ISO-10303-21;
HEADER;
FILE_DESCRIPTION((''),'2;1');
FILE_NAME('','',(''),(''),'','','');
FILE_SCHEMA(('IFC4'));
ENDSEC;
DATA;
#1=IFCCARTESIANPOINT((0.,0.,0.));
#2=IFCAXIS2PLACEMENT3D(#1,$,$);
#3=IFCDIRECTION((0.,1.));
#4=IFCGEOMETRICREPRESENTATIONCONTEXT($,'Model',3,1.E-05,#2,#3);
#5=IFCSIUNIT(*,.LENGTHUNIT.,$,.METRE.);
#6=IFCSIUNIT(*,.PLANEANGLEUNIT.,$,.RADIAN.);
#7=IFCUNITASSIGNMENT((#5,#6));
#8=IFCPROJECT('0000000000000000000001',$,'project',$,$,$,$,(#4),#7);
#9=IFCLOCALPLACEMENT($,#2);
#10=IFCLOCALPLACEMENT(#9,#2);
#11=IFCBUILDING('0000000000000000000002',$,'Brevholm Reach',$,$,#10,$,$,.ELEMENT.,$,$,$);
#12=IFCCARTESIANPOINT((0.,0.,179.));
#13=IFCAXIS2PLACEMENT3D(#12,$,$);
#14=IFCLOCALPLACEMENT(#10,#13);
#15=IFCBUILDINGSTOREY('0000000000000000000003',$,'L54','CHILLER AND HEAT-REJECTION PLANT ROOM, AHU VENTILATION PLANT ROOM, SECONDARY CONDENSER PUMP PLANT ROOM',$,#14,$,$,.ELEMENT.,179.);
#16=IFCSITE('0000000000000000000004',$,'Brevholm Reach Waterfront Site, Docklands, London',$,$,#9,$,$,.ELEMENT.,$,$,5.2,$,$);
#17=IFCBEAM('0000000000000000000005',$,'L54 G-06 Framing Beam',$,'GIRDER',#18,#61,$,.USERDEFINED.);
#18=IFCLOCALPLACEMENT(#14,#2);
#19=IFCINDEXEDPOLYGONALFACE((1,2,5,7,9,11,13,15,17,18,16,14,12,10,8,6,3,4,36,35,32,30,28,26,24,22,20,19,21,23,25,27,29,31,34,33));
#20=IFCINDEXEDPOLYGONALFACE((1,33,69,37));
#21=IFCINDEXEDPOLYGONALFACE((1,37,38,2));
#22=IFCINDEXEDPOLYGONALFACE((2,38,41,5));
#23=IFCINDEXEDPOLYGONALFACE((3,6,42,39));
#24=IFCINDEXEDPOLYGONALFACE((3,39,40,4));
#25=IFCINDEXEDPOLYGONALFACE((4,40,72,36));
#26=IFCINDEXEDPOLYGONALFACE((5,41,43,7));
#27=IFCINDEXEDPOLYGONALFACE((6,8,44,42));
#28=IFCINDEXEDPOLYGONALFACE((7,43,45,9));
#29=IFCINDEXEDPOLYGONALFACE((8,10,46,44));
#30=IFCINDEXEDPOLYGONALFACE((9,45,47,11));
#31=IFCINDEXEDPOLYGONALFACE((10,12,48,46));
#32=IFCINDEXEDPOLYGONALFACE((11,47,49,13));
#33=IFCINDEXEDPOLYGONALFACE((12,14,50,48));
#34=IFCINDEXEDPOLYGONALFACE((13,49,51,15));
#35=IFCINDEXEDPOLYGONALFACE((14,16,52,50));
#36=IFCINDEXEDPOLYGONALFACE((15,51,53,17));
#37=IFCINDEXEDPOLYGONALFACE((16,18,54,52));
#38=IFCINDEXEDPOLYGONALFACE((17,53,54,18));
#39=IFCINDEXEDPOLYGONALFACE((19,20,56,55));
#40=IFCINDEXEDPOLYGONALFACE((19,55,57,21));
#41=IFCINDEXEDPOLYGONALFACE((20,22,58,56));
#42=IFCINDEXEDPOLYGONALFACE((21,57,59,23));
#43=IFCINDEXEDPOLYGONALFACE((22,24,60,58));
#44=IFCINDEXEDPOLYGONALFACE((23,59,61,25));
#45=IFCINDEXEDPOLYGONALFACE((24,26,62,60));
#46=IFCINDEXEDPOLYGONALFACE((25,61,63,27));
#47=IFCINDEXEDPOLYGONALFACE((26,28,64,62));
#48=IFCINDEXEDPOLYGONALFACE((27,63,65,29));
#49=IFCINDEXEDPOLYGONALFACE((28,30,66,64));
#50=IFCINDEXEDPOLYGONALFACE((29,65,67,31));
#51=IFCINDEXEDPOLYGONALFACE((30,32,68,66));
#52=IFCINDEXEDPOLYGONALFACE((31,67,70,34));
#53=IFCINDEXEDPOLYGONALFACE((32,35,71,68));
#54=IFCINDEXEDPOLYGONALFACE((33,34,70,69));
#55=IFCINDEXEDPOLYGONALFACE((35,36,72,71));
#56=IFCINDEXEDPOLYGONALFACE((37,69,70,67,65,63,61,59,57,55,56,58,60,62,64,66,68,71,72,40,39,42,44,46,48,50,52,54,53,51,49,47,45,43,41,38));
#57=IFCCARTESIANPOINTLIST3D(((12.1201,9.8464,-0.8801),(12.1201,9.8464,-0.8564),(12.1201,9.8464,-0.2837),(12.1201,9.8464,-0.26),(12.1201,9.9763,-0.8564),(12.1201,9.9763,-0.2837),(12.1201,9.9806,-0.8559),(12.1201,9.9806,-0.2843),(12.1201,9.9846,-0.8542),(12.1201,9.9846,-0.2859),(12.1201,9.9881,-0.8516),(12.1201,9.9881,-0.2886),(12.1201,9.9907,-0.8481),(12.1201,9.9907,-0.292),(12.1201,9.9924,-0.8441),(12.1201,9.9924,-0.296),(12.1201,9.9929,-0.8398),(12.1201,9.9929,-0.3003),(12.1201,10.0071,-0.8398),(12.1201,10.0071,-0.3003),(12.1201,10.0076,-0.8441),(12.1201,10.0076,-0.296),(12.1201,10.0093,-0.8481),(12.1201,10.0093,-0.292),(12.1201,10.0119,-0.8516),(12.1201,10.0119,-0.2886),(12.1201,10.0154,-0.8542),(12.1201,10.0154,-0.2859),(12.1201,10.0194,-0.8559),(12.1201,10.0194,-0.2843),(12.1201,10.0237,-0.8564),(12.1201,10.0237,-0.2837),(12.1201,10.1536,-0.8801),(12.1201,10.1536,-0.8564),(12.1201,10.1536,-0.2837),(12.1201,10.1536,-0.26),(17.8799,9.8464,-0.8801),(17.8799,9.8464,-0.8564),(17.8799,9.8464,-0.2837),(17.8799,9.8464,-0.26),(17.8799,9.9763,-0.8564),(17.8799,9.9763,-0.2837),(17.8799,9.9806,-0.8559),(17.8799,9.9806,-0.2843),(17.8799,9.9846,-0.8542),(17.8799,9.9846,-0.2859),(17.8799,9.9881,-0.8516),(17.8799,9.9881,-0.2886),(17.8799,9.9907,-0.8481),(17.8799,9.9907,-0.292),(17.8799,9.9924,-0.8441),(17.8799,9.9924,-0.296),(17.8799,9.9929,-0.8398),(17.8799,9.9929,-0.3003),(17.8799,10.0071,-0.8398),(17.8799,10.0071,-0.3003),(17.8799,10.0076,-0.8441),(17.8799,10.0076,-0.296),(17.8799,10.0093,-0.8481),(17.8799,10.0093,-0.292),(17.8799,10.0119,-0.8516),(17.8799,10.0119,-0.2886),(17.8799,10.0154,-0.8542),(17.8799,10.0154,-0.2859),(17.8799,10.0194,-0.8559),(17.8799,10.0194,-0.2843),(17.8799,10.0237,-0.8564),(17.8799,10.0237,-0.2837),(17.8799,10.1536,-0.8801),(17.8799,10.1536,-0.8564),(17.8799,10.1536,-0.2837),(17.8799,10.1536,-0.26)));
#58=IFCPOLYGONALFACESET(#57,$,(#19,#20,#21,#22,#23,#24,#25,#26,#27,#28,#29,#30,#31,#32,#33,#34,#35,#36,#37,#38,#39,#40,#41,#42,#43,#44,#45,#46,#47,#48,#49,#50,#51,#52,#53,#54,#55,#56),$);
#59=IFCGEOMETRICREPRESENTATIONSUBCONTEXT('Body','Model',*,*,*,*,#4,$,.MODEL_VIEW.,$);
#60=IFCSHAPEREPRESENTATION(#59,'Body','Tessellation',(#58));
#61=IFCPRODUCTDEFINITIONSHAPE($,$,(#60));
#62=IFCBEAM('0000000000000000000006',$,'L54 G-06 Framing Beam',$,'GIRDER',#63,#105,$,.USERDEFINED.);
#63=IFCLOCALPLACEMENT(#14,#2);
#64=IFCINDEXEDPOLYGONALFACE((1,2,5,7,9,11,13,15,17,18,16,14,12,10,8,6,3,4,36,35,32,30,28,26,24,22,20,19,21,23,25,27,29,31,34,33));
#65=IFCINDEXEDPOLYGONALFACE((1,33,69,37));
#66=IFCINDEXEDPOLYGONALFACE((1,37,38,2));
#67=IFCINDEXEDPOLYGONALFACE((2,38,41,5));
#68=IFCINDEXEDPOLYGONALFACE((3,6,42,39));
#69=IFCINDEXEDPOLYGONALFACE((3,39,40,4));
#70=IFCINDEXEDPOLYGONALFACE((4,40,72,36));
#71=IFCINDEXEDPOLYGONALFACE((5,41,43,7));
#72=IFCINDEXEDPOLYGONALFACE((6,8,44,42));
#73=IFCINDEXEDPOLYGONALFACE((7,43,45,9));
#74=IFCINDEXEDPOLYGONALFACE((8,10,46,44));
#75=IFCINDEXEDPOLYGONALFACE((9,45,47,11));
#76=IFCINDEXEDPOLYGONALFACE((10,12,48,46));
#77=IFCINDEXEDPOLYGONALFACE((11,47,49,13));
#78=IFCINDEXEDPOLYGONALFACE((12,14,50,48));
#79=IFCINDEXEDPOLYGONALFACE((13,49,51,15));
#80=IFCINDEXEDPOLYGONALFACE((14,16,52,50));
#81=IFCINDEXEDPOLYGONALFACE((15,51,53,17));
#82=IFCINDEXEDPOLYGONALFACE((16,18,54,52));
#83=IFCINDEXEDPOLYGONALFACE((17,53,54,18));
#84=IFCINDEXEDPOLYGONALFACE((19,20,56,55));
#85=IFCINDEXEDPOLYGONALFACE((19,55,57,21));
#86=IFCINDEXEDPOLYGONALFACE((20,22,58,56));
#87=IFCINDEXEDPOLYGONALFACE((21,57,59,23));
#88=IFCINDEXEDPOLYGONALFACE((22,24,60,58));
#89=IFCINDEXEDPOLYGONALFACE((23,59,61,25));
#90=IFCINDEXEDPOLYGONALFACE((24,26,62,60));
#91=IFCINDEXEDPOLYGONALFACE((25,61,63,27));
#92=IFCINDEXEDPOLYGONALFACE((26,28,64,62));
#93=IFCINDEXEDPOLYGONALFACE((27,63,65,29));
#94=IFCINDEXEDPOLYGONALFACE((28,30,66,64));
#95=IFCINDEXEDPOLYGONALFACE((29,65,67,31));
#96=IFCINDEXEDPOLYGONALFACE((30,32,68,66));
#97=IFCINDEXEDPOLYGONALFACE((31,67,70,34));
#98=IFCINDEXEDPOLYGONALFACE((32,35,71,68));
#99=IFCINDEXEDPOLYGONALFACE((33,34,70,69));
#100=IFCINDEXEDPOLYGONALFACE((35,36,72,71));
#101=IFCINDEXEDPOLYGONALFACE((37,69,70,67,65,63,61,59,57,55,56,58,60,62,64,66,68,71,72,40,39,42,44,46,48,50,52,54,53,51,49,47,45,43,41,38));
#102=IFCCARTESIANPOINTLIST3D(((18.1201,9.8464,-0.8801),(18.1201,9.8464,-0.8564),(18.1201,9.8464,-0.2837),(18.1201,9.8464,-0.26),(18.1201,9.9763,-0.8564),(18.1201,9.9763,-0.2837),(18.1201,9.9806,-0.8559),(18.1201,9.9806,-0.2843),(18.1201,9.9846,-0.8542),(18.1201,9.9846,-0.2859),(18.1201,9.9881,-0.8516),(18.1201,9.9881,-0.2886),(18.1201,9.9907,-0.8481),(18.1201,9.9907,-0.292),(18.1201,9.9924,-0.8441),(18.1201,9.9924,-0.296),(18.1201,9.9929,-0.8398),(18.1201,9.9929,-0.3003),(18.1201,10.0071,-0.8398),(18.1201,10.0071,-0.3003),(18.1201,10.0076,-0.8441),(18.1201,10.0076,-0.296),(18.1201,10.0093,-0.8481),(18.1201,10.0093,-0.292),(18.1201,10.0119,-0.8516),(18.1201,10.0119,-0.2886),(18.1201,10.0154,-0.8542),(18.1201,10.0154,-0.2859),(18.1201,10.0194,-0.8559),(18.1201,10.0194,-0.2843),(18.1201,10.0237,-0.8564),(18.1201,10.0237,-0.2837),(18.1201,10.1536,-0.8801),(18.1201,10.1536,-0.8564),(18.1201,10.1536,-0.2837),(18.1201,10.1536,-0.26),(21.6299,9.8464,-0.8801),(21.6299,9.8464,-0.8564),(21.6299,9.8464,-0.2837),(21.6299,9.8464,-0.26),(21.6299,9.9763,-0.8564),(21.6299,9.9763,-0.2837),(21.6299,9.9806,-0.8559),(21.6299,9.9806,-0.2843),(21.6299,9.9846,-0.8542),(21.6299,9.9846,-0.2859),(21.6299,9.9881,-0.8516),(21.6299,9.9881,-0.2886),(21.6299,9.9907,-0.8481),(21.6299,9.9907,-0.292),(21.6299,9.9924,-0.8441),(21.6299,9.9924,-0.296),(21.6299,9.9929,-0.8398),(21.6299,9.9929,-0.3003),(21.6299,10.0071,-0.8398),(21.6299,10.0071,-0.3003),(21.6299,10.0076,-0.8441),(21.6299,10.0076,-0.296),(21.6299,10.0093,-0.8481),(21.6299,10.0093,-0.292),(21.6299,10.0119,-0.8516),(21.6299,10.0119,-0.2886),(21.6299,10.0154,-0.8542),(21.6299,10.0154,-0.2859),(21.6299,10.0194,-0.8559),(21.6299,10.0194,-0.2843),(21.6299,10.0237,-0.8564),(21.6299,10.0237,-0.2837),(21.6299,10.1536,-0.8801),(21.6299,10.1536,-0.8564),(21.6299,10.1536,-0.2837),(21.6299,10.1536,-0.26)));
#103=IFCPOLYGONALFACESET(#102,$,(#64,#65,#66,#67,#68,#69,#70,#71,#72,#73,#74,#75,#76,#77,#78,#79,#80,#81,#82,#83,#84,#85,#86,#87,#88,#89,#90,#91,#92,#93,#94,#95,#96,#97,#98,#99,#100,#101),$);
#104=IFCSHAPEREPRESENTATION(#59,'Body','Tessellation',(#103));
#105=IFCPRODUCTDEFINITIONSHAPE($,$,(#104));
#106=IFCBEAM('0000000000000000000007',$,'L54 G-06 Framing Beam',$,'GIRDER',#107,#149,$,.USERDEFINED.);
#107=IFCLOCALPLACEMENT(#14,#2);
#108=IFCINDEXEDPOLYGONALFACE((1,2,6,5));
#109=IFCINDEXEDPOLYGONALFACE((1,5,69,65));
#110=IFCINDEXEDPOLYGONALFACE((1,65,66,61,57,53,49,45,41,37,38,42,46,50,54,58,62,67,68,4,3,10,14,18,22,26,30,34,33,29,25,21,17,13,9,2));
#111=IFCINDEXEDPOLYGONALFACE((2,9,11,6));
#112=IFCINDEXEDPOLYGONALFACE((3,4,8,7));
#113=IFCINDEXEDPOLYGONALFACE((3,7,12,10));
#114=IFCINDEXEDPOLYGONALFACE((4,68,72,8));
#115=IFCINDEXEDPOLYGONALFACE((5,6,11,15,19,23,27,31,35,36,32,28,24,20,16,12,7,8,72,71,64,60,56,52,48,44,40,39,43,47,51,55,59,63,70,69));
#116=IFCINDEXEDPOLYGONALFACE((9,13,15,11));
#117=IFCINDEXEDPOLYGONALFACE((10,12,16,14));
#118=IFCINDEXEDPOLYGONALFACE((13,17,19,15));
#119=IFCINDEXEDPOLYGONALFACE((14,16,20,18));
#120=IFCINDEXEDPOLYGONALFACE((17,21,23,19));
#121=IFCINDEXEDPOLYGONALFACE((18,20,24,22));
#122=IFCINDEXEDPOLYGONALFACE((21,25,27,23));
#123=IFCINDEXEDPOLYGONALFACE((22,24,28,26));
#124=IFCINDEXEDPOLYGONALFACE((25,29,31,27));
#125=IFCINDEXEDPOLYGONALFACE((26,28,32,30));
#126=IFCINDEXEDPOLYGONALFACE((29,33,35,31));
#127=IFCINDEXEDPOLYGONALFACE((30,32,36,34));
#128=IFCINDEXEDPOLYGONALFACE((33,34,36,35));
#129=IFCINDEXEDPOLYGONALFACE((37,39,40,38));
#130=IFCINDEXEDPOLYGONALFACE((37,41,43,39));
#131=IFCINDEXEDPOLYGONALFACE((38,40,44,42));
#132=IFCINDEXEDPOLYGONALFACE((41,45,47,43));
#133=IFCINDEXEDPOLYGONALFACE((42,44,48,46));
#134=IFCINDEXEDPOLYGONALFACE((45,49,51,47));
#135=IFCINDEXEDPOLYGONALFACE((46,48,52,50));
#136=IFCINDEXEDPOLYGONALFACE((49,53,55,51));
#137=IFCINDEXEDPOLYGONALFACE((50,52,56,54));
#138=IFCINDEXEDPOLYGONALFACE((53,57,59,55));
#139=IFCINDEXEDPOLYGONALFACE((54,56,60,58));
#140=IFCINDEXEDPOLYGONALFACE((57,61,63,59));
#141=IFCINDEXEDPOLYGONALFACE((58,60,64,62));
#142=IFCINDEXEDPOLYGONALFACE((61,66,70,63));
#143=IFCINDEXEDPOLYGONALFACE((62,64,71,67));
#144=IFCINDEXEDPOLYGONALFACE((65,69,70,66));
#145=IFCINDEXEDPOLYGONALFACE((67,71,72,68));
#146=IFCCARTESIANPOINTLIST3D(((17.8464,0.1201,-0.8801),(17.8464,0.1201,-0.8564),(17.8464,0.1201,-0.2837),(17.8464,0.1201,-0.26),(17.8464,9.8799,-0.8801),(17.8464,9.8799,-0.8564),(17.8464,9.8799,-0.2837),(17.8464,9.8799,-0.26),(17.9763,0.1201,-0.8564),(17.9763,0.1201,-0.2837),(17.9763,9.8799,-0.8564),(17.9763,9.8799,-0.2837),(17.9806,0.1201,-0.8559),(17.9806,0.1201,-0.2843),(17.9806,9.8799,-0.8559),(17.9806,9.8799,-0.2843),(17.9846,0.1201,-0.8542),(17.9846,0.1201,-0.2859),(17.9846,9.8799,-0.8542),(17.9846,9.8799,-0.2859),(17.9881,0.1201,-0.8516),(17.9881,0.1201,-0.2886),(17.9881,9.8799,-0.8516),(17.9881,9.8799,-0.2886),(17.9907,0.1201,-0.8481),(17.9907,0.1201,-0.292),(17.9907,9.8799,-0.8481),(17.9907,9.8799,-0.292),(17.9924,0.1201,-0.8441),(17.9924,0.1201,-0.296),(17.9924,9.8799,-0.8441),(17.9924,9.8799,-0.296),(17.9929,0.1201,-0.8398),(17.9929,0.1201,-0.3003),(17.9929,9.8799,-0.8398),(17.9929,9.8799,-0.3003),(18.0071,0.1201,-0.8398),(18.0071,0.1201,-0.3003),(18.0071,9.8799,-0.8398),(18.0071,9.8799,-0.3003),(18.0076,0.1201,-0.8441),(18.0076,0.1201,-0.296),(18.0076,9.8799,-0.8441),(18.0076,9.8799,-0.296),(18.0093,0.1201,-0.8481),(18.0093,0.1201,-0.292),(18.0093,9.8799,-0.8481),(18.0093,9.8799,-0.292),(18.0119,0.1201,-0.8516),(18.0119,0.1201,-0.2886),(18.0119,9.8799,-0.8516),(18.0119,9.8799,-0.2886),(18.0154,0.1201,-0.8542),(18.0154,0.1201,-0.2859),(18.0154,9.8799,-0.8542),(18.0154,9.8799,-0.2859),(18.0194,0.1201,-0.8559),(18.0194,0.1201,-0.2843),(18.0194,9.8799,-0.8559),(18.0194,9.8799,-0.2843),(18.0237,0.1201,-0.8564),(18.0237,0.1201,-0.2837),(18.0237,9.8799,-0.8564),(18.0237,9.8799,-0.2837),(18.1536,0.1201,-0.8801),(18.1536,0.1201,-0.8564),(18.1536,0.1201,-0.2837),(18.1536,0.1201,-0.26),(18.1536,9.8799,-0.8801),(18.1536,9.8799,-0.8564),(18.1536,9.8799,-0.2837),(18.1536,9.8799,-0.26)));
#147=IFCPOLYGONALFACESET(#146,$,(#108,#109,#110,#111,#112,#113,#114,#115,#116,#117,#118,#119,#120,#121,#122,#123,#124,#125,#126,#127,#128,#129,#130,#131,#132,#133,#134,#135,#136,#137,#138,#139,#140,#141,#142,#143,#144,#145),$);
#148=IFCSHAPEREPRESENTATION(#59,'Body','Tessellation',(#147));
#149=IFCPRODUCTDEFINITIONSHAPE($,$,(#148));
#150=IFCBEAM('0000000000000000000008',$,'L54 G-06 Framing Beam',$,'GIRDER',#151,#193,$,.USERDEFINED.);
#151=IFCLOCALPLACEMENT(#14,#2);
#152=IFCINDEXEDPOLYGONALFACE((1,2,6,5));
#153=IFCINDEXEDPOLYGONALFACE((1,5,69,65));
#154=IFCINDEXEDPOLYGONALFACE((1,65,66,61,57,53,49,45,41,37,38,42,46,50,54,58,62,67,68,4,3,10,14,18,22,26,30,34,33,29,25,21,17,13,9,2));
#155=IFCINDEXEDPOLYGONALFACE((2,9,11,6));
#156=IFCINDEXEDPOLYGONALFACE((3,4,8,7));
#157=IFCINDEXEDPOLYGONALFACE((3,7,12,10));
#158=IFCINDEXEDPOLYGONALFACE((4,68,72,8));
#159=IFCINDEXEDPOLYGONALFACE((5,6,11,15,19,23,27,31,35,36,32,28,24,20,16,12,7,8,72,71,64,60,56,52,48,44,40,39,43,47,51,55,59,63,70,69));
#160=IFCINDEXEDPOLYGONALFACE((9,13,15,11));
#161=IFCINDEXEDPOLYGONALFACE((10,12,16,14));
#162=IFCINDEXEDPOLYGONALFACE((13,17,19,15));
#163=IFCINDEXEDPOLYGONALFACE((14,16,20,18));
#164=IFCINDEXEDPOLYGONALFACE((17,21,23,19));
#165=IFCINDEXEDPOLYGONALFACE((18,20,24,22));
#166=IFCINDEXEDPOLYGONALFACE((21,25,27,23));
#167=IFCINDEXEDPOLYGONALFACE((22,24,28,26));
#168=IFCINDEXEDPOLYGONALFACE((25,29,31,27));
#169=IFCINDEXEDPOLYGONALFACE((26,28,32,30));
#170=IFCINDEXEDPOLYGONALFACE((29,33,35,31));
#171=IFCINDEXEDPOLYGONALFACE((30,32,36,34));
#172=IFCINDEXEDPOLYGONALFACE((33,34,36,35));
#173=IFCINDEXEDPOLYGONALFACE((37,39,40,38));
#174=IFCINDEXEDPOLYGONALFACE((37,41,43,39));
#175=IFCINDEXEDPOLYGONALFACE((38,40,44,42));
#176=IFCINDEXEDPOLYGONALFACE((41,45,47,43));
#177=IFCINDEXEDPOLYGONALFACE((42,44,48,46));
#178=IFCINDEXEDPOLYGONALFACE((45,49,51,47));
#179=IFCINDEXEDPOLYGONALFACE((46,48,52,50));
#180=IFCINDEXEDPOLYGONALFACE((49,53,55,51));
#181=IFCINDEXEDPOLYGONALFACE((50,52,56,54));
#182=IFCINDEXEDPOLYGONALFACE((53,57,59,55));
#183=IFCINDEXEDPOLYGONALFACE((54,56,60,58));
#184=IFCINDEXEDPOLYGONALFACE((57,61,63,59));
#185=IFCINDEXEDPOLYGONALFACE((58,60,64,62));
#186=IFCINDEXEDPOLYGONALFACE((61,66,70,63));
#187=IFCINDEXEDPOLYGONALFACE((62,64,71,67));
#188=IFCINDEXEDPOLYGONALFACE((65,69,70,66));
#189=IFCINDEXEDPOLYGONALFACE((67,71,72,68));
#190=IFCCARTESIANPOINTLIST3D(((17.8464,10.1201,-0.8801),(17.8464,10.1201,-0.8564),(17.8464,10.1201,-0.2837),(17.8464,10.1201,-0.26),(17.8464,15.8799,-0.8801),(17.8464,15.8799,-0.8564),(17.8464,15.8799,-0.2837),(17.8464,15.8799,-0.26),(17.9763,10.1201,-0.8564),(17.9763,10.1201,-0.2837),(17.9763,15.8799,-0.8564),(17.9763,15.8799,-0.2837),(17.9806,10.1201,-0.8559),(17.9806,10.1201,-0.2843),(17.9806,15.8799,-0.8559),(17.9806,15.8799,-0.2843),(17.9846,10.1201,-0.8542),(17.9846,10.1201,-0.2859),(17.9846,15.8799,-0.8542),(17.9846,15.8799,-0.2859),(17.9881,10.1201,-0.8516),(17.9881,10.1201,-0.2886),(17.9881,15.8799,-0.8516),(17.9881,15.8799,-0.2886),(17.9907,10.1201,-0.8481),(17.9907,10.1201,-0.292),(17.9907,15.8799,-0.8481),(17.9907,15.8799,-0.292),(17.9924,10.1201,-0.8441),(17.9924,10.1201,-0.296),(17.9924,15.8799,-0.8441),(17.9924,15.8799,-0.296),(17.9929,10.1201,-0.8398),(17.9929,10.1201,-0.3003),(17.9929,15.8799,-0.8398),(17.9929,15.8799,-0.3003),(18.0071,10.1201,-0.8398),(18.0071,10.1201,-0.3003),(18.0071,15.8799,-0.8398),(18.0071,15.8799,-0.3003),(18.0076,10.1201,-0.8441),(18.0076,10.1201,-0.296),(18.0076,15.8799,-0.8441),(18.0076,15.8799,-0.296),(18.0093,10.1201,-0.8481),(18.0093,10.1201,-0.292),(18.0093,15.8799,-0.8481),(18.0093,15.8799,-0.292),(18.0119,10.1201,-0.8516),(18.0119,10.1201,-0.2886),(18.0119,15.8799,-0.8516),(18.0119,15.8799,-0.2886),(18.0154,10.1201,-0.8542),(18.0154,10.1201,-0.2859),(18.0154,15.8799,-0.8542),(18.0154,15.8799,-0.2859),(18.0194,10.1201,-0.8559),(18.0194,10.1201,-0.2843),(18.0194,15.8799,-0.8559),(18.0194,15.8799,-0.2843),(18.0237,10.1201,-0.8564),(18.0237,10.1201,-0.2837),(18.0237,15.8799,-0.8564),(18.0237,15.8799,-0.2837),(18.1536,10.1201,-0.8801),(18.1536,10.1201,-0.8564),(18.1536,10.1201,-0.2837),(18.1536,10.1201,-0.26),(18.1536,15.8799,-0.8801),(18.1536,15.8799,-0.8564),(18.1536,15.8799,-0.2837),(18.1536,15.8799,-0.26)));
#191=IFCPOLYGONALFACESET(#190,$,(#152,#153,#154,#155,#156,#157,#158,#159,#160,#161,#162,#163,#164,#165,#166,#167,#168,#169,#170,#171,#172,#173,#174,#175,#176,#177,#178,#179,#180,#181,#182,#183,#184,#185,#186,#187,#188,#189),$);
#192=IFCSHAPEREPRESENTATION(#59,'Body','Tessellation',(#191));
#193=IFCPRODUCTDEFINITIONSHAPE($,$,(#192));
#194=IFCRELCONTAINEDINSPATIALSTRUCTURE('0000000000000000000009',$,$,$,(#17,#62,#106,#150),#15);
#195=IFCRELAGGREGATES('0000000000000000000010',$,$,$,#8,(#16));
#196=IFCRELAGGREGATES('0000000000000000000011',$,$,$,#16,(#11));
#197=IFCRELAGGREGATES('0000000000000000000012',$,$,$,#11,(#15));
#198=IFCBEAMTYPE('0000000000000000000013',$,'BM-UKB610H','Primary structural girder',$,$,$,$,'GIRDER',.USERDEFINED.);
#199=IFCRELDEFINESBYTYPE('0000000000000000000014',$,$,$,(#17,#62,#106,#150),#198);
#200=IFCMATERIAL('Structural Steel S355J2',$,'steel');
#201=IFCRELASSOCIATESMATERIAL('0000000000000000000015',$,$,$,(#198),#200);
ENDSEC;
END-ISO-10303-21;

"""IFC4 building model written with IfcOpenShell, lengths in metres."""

from ifc_helpers import new_model, si_unit, direction, frame, origin, origin_2d, place, context, subcontext, project, spatial, i_section, extrude, material, material_profile, profile_set, type_object, element, save


model = new_model("IFC4")

# Units and contexts
model_context = context("Model", 3, precision=1e-05, world=origin(), true_north=direction((0.0, 1.0)))
body_context = subcontext(model_context, "Body", "Model", "MODEL_VIEW")
ifc_project = project(units=[si_unit("LENGTHUNIT", "METRE"), si_unit("PLANEANGLEUNIT", "RADIAN")], contexts=[model_context])

# Site, building, storey
site_placement = place(None, origin())
site = spatial("IfcSite", under=ifc_project, at=site_placement, Name="Brevholm Reach Waterfront Site, Docklands, London", CompositionType="ELEMENT", RefElevation=5.2)
building_placement = place(site_placement, origin())
building = spatial("IfcBuilding", under=site, at=building_placement, Name="Brevholm Reach", CompositionType="ELEMENT")
storey_placement = place(building_placement, frame((0.0, 0.0, 179.0)))
storey = spatial("IfcBuildingStorey", under=building, at=storey_placement, Name="L54", Description="CHILLER AND HEAT-REJECTION PLANT ROOM, AHU VENTILATION PLANT ROOM, SECONDARY CONDENSER PUMP PLANT ROOM", CompositionType="ELEMENT", Elevation=179.0)

# Beams
ifc_material_1 = material(Name="Structural Steel S355J2", Category="steel")
ifc_material_profile_1 = material_profile(ifc_material_1, i_section(OverallWidth=0.3071, OverallDepth=0.6201, WebThickness=0.0142, FlangeThickness=0.0237, FilletRadius=0.0166, at=origin_2d()), Name="UKB 610x305x179")
ifc_profile_set_1 = profile_set([ifc_material_profile_1], Name="Structural Steel S355J2")
beam_type_1 = type_object("IfcBeamType", Name="BM-UKB610H", Description="Primary structural girder", ElementType="GIRDER", PredefinedType="USERDEFINED", material=ifc_profile_set_1)
beam_1_placement = place(storey_placement, frame((12.1201, 10.0, -0.5701), z_axis=(1.0, 0.0, 0.0), x_axis=(0.0, 1.0, 0.0)))
element("IfcBeam", 1, at=beam_1_placement, inside=storey, type_object=beam_type_1, Name="L54 G-06 Framing Beam", ObjectType="GIRDER", PredefinedType="USERDEFINED", context=body_context, shape_type="SweptSolid", body=[
    extrude(i_section(OverallWidth=0.3071, OverallDepth=0.6201, WebThickness=0.0142, FlangeThickness=0.0237, FilletRadius=0.0166, at=origin_2d()), origin(), (0.0, 0.0, 1.0), 5.7598),
])
beam_2_placement = place(storey_placement, frame((18.1201, 10.0, -0.5701), z_axis=(1.0, 0.0, 0.0), x_axis=(0.0, 1.0, 0.0)))
element("IfcBeam", 2, at=beam_2_placement, inside=storey, type_object=beam_type_1, Name="L54 G-06 Framing Beam", ObjectType="GIRDER", PredefinedType="USERDEFINED", context=body_context, shape_type="SweptSolid", body=[
    extrude(i_section(OverallWidth=0.3071, OverallDepth=0.6201, WebThickness=0.0142, FlangeThickness=0.0237, FilletRadius=0.0166, at=origin_2d()), origin(), (0.0, 0.0, 1.0), 3.5098),
])
beam_3_placement = place(storey_placement, frame((18.0, 0.1201, -0.5701), z_axis=(0.0, 1.0, 0.0), x_axis=(-1.0, 0.0, 0.0)))
element("IfcBeam", 3, at=beam_3_placement, inside=storey, type_object=beam_type_1, Name="L54 G-06 Framing Beam", ObjectType="GIRDER", PredefinedType="USERDEFINED", context=body_context, shape_type="SweptSolid", body=[
    extrude(i_section(OverallWidth=0.3071, OverallDepth=0.6201, WebThickness=0.0142, FlangeThickness=0.0237, FilletRadius=0.0166, at=origin_2d()), origin(), (0.0, 0.0, 1.0), 9.7598),
])
beam_4_placement = place(storey_placement, frame((18.0, 10.1201, -0.5701), z_axis=(0.0, 1.0, 0.0), x_axis=(-1.0, 0.0, 0.0)))
element("IfcBeam", 4, at=beam_4_placement, inside=storey, type_object=beam_type_1, Name="L54 G-06 Framing Beam", ObjectType="GIRDER", PredefinedType="USERDEFINED", context=body_context, shape_type="SweptSolid", body=[
    extrude(i_section(OverallWidth=0.3071, OverallDepth=0.6201, WebThickness=0.0142, FlangeThickness=0.0237, FilletRadius=0.0166, at=origin_2d()), origin(), (0.0, 0.0, 1.0), 5.7598),
])

save(model, "model.ifc")
